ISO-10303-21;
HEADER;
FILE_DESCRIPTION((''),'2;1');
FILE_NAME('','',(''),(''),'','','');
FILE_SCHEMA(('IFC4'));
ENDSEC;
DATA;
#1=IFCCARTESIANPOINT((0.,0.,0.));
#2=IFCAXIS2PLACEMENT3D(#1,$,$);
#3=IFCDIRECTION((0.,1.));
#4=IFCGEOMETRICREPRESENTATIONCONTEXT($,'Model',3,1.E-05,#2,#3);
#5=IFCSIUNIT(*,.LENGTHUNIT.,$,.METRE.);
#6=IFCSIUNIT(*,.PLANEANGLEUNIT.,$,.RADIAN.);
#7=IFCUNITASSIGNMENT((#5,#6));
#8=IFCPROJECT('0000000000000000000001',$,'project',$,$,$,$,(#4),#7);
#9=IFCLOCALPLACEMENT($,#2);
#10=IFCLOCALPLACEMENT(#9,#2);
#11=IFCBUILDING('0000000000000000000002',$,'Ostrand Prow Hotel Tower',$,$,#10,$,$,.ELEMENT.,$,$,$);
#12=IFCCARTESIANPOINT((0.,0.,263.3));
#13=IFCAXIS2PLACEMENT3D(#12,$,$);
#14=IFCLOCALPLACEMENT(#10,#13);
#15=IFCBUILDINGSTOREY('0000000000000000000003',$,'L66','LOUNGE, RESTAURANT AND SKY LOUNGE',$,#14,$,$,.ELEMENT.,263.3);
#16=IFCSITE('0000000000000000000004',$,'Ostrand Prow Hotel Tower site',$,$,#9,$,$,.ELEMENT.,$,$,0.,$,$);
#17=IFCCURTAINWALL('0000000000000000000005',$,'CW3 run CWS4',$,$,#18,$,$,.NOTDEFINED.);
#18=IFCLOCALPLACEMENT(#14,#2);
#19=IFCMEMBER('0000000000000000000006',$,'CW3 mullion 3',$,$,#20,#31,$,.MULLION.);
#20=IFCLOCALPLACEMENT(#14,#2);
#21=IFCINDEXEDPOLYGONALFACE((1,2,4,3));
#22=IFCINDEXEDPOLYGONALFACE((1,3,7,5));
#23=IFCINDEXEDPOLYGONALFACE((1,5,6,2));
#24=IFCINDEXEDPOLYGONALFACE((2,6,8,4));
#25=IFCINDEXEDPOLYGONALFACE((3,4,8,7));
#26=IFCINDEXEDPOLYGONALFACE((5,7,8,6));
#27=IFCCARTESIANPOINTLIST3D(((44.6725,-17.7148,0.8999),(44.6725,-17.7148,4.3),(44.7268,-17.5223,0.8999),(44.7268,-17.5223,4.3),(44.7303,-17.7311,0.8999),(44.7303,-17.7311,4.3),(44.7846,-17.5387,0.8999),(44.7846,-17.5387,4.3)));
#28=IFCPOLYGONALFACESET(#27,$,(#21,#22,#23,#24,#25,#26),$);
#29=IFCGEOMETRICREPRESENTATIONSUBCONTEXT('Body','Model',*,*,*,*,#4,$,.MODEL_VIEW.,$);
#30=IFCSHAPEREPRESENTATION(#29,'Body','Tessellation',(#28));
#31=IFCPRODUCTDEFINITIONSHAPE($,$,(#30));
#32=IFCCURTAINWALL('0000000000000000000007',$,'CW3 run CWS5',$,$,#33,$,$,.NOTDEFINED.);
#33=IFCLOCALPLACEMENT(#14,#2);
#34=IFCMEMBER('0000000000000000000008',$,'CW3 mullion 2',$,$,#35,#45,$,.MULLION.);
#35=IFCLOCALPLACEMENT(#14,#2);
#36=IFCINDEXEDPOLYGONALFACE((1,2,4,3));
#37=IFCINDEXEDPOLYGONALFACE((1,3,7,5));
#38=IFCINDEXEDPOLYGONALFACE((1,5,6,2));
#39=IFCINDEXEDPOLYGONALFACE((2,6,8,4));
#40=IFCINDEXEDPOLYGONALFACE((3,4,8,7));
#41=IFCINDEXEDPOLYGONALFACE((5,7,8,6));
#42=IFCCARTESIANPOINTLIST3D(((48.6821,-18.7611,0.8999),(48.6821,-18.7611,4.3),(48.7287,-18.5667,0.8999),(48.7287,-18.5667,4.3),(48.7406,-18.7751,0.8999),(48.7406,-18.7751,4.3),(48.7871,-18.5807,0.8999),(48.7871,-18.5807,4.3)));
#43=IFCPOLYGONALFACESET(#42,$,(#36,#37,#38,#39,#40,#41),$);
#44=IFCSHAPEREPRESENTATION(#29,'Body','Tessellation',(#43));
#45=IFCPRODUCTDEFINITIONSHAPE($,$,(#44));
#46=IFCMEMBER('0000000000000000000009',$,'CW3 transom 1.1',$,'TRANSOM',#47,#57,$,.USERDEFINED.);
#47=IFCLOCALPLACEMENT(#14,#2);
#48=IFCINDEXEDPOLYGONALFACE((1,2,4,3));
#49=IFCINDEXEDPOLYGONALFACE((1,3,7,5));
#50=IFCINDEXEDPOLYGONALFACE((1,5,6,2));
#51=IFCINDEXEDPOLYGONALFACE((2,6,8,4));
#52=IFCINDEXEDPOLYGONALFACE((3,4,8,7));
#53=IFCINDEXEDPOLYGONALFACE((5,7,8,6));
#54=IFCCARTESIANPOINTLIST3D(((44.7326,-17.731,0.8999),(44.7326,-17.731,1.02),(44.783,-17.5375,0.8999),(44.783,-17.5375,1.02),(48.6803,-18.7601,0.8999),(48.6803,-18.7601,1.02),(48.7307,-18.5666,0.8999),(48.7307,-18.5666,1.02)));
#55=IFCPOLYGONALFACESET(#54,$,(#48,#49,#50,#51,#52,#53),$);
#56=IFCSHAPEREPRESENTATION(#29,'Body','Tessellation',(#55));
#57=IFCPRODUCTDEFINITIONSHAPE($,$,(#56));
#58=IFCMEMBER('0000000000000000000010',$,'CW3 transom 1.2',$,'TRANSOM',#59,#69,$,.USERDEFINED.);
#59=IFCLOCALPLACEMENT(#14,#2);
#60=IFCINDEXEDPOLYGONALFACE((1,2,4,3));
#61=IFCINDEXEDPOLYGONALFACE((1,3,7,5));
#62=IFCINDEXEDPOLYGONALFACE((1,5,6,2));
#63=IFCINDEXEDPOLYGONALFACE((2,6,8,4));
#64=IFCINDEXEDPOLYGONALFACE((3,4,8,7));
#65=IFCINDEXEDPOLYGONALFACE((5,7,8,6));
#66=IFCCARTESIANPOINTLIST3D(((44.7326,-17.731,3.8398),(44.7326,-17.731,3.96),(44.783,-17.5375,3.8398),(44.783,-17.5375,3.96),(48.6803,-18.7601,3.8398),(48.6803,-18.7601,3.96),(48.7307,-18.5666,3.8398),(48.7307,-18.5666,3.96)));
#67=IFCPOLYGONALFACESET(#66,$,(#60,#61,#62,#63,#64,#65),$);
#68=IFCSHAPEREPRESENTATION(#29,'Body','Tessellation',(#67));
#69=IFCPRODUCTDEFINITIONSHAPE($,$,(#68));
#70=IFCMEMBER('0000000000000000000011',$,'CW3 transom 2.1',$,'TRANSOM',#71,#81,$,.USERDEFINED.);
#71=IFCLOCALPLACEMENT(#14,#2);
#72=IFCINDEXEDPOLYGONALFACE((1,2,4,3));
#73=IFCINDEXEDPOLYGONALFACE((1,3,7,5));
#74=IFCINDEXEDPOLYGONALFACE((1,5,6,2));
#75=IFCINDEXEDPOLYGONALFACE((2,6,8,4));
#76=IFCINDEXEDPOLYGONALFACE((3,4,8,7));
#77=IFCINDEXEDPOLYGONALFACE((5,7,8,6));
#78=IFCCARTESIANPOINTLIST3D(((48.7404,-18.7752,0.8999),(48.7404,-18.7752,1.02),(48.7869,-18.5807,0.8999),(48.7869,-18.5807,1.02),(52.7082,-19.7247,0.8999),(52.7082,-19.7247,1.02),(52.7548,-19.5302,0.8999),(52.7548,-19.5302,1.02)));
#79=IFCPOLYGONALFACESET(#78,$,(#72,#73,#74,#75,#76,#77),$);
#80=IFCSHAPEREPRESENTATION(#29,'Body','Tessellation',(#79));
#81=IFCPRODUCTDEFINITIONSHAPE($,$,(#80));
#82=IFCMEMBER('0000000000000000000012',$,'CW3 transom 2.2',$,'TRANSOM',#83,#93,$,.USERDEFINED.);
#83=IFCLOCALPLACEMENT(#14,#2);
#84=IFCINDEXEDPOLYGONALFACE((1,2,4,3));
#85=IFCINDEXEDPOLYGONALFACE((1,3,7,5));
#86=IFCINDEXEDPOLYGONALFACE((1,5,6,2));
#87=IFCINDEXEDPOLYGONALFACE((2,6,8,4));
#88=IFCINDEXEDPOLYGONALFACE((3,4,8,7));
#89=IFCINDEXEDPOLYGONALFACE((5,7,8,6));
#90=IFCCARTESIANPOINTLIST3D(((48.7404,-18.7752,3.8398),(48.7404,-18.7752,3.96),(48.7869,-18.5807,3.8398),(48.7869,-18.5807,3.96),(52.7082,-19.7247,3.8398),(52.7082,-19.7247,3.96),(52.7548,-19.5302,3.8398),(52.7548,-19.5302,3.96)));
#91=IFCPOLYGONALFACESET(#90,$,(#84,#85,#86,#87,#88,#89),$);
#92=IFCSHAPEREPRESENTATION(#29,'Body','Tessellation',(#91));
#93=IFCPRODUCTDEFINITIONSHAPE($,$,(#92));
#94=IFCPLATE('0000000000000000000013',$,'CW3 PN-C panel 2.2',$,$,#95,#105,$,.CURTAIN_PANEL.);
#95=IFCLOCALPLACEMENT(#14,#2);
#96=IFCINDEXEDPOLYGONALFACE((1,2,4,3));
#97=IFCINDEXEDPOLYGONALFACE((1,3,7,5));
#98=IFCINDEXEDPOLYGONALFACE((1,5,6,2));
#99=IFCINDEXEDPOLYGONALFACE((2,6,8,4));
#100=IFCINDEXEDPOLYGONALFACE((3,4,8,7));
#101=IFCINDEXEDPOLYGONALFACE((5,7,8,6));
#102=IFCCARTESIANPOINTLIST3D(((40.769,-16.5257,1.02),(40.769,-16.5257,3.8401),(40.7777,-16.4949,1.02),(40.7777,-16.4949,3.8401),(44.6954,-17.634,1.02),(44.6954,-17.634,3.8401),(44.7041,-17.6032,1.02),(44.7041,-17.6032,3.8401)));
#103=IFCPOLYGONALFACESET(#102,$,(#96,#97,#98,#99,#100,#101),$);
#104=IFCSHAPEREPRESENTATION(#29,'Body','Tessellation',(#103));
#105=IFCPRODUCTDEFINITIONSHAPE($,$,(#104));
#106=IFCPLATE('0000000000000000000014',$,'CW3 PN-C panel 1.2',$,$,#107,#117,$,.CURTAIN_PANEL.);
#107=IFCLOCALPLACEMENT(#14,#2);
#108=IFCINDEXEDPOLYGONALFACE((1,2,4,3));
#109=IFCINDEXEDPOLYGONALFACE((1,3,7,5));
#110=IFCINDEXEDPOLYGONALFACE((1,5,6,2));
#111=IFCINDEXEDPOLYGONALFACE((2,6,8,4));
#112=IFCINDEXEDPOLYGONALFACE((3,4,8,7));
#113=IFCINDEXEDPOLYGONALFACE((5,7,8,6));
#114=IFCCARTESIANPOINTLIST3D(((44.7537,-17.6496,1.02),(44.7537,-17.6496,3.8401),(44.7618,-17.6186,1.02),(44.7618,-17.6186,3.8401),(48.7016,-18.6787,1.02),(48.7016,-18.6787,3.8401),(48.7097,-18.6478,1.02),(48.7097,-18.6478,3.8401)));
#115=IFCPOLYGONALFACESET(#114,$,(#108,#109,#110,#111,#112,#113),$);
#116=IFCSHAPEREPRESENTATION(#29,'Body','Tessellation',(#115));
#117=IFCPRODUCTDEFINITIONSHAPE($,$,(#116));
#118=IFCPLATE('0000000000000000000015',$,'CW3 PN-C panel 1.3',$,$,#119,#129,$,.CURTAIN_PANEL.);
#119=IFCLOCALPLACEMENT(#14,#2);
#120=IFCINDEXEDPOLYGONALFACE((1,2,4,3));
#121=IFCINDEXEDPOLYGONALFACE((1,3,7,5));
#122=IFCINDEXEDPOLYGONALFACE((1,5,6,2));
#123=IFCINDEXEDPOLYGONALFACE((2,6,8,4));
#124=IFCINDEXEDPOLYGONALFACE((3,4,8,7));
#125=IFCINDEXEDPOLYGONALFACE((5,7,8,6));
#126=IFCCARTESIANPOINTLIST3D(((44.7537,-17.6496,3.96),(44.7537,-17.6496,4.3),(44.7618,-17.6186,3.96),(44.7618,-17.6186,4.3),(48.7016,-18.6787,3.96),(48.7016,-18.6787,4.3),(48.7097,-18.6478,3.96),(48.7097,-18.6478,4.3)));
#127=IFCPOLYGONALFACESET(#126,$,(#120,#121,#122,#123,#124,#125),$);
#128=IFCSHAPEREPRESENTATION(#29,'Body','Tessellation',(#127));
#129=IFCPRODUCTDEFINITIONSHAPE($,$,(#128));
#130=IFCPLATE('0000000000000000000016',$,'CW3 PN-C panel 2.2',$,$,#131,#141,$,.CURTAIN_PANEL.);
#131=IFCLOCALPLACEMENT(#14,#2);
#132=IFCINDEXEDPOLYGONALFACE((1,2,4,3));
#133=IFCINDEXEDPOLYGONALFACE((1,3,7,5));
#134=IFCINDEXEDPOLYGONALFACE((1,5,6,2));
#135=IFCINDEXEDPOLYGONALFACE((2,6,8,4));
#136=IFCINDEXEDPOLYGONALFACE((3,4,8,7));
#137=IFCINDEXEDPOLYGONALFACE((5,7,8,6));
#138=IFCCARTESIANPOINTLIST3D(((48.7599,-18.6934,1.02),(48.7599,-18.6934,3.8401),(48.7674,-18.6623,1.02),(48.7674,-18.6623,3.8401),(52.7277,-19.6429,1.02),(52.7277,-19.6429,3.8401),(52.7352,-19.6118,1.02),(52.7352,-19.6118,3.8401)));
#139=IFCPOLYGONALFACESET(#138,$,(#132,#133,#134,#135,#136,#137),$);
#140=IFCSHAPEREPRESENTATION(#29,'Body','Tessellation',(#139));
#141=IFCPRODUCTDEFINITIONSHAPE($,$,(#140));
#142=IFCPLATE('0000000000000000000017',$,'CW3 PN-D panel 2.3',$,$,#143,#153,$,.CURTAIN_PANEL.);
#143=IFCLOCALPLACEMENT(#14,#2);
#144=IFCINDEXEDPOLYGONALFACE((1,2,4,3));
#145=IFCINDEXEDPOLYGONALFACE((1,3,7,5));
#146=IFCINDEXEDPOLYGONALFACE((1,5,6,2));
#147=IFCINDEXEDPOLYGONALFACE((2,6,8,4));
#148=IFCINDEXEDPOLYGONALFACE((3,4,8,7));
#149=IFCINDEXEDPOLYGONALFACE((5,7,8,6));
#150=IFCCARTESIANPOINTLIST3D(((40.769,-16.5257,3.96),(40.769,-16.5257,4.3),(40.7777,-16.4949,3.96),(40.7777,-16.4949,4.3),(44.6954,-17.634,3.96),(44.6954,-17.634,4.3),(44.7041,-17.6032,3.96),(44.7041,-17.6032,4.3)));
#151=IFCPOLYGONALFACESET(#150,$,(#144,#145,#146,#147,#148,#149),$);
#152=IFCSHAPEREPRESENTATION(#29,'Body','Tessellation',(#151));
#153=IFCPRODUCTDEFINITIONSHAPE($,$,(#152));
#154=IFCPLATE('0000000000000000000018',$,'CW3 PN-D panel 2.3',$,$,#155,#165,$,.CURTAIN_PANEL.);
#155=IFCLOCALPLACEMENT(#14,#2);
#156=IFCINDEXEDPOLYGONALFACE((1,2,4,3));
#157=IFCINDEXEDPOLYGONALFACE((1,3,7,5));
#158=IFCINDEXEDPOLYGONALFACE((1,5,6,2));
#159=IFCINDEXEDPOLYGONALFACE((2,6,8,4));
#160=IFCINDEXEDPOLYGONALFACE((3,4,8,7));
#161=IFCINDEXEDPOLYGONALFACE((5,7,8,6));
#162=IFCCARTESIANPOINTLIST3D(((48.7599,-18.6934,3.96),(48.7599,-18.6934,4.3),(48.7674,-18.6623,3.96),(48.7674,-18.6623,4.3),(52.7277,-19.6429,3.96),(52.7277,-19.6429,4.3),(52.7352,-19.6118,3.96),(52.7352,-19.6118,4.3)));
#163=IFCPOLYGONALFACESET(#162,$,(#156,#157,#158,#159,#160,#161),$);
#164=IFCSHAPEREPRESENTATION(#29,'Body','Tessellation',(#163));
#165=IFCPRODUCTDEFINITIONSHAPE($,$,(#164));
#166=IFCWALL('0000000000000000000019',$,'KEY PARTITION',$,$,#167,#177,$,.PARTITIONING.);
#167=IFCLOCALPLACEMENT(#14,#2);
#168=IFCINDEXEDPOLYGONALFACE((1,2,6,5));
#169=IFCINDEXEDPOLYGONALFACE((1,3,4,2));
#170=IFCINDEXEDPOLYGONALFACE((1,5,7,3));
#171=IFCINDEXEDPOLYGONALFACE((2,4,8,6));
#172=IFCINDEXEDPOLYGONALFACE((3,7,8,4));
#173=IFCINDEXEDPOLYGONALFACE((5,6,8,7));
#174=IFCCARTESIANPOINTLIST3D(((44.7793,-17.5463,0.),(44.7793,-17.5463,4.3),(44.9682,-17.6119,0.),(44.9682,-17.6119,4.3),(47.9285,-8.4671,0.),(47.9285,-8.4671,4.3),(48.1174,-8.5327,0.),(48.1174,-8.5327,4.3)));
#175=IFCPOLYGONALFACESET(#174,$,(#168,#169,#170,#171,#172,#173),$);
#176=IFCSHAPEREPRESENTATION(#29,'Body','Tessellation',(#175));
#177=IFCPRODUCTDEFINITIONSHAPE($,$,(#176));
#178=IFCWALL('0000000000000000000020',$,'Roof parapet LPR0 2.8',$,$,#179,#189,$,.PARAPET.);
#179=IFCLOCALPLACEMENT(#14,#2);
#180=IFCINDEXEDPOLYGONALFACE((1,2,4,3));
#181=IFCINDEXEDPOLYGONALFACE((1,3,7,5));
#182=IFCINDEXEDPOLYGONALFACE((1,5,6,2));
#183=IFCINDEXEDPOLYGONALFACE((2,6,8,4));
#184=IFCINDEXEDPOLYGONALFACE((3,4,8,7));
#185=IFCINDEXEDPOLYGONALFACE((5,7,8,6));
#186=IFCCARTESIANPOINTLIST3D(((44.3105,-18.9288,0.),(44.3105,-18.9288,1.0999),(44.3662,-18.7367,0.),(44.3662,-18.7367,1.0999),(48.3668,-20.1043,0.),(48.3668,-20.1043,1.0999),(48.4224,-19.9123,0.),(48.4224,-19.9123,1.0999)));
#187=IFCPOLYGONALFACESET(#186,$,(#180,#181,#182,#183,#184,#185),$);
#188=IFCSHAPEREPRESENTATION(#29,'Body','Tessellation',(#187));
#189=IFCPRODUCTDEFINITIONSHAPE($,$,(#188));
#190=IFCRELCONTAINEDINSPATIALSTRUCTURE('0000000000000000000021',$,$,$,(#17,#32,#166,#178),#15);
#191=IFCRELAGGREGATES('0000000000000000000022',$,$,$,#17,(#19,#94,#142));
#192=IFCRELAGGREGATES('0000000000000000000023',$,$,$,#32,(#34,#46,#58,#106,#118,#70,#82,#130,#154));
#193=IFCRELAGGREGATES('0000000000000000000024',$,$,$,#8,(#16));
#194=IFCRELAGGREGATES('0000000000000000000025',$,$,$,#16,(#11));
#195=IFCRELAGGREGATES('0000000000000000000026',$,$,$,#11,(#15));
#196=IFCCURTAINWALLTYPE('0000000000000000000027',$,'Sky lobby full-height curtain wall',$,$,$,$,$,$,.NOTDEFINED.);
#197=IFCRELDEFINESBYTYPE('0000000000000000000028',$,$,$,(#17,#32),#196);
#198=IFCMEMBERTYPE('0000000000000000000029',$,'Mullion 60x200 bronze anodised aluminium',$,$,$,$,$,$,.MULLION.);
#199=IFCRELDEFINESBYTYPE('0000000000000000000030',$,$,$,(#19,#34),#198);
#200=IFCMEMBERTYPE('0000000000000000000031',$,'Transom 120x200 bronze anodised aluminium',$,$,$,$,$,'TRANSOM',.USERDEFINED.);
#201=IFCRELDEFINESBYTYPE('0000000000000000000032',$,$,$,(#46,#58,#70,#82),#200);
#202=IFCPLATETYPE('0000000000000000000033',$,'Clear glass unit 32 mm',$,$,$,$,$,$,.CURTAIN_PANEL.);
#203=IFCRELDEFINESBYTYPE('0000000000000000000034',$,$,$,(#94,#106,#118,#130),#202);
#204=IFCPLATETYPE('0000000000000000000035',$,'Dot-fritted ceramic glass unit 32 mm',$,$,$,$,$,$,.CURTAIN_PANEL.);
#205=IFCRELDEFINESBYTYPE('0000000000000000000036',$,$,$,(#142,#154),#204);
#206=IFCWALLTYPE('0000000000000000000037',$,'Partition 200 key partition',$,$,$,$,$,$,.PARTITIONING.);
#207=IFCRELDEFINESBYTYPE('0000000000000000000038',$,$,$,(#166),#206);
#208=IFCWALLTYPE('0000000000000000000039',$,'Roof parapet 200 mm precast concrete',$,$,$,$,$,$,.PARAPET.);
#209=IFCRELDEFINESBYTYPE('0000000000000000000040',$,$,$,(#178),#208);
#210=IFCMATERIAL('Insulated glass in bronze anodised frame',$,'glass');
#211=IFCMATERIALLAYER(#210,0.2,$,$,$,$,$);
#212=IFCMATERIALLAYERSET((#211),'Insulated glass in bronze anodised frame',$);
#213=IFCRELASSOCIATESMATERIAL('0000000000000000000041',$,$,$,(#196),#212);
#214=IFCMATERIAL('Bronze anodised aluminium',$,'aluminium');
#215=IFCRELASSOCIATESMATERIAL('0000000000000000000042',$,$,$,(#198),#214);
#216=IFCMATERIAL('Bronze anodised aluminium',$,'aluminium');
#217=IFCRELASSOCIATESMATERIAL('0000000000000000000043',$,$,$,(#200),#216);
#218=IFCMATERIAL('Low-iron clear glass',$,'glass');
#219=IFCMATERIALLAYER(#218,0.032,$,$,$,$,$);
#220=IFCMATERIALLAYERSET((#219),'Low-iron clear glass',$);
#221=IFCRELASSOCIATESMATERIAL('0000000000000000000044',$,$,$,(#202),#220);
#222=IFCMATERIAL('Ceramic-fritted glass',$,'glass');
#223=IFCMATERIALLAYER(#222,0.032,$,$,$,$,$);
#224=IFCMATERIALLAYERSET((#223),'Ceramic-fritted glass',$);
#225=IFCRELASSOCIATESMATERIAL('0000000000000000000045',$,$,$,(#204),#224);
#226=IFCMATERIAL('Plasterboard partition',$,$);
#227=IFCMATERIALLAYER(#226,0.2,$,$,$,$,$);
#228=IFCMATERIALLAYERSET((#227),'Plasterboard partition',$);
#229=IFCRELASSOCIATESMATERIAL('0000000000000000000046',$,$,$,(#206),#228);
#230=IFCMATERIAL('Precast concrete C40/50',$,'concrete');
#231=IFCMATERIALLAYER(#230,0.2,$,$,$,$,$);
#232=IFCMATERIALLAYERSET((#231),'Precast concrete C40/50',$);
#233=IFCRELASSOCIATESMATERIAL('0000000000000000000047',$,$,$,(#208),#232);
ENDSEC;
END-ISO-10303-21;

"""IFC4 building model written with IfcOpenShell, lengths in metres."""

from ifc_helpers import new_model, si_unit, direction, frame, frame_2d, origin, origin_2d, place, context, subcontext, project, spatial, rectangle, extrude, material, layer, layer_set, material_profile, profile_set, type_object, element, aggregate, save


model = new_model("IFC4")

# Units and contexts
model_context = context("Model", 3, precision=1e-05, world=origin(), true_north=direction((0.0, 1.0)))
body_context = subcontext(model_context, "Body", "Model", "MODEL_VIEW")
ifc_project = project(units=[si_unit("LENGTHUNIT", "METRE"), si_unit("PLANEANGLEUNIT", "RADIAN")], contexts=[model_context])

# Site, building, storey
site_placement = place(None, origin())
site = spatial("IfcSite", under=ifc_project, at=site_placement, Name="Ostrand Prow Hotel Tower site", CompositionType="ELEMENT", RefElevation=0.0)
building_placement = place(site_placement, origin())
building = spatial("IfcBuilding", under=site, at=building_placement, Name="Ostrand Prow Hotel Tower", CompositionType="ELEMENT")
storey_placement = place(building_placement, frame((0.0, 0.0, 263.3)))
storey = spatial("IfcBuildingStorey", under=building, at=storey_placement, Name="L66", Description="LOUNGE, RESTAURANT AND SKY LOUNGE", CompositionType="ELEMENT", Elevation=263.3)

# Curtain wall, member
ifc_material_1 = material(Name="Insulated glass in bronze anodised frame", Category="glass")
ifc_layer_1 = layer(ifc_material_1, 0.2)
ifc_layer_set_1 = layer_set([ifc_layer_1], Name="Insulated glass in bronze anodised frame")
curtain_wall_type = type_object("IfcCurtainWallType", Name="Sky lobby full-height curtain wall", PredefinedType="NOTDEFINED", material=ifc_layer_set_1)
curtain_wall_1_placement = place(storey_placement, origin())
curtain_wall_1 = element("IfcCurtainWall", 1, at=curtain_wall_1_placement, inside=storey, type_object=curtain_wall_type, Name="CW3 run CWS4", PredefinedType="NOTDEFINED")
ifc_material_2 = material(Name="Bronze anodised aluminium", Category="aluminium")
ifc_material_profile_1 = material_profile(ifc_material_2, rectangle(XDim=0.2, YDim=0.0601, at=origin_2d()), Name="Mullion 60x200 bronze anodised aluminium")
ifc_profile_set_1 = profile_set([ifc_material_profile_1], Name="Bronze anodised aluminium")
member_type_1 = type_object("IfcMemberType", Name="Mullion 60x200 bronze anodised aluminium", PredefinedType="MULLION", material=ifc_profile_set_1)
member_1_placement = place(storey_placement, frame((44.7285, -17.6267, 0.8999), z_axis=(0.0, 0.0, 1.0), x_axis=(0.271649, 0.962396, 0.0)))
member_1 = element("IfcMember", 2, at=member_1_placement, type_object=member_type_1, Name="CW3 mullion 3", PredefinedType="MULLION", context=body_context, shape_type="SweptSolid", body=[
    extrude(rectangle(XDim=0.2, YDim=0.0601, at=origin_2d()), origin(), (0.0, 0.0, 1.0), 3.4001),
])

# Curtain wall, members
curtain_wall_2_placement = place(storey_placement, origin())
curtain_wall_2 = element("IfcCurtainWall", 3, at=curtain_wall_2_placement, inside=storey, type_object=curtain_wall_type, Name="CW3 run CWS5", PredefinedType="NOTDEFINED")
member_2_placement = place(storey_placement, frame((48.7346, -18.6709, 0.8999), z_axis=(0.0, 0.0, 1.0), x_axis=(0.232746, 0.972538, 0.0)))
member_2 = element("IfcMember", 4, at=member_2_placement, type_object=member_type_1, Name="CW3 mullion 2", PredefinedType="MULLION", context=body_context, shape_type="SweptSolid", body=[
    extrude(rectangle(XDim=0.2, YDim=0.0601, at=origin_2d()), origin(), (0.0, 0.0, 1.0), 3.4001),
])
ifc_material_3 = material(Name="Bronze anodised aluminium", Category="aluminium")
ifc_material_profile_2 = material_profile(ifc_material_3, rectangle(XDim=0.2, YDim=0.1201, at=origin_2d()), Name="Transom 120x200 bronze anodised aluminium")
ifc_profile_set_2 = profile_set([ifc_material_profile_2], Name="Bronze anodised aluminium")
member_type_2 = type_object("IfcMemberType", Name="Transom 120x200 bronze anodised aluminium", ElementType="TRANSOM", PredefinedType="USERDEFINED", material=ifc_profile_set_2)
member_3_placement = place(storey_placement, frame((44.7578, -17.6343, 0.96), z_axis=(0.967665, -0.252239, 0.0), x_axis=(0.252239, 0.967665, 0.0)))
member_3 = element("IfcMember", 5, at=member_3_placement, type_object=member_type_2, Name="CW3 transom 1.1", ObjectType="TRANSOM", PredefinedType="USERDEFINED", context=body_context, shape_type="SweptSolid", body=[
    extrude(rectangle(XDim=0.2, YDim=0.1201, at=origin_2d()), origin(), (0.0, 0.0, 1.0), 4.0796),
])
member_4_placement = place(storey_placement, frame((44.7578, -17.6343, 3.8999), z_axis=(0.967665, -0.252239, 0.0), x_axis=(0.252239, 0.967665, 0.0)))
member_4 = element("IfcMember", 6, at=member_4_placement, type_object=member_type_2, Name="CW3 transom 1.2", ObjectType="TRANSOM", PredefinedType="USERDEFINED", context=body_context, shape_type="SweptSolid", body=[
    extrude(rectangle(XDim=0.2, YDim=0.1201, at=origin_2d()), origin(), (0.0, 0.0, 1.0), 4.0796),
])
member_5_placement = place(storey_placement, frame((48.7637, -18.678, 0.96), z_axis=(0.972543, -0.232723, 0.0), x_axis=(0.232723, 0.972543, 0.0)))
member_5 = element("IfcMember", 7, at=member_5_placement, type_object=member_type_2, Name="CW3 transom 2.1", ObjectType="TRANSOM", PredefinedType="USERDEFINED", context=body_context, shape_type="SweptSolid", body=[
    extrude(rectangle(XDim=0.2, YDim=0.1201, at=origin_2d()), origin(), (0.0, 0.0, 1.0), 4.0798),
])
member_6_placement = place(storey_placement, frame((48.7637, -18.678, 3.8999), z_axis=(0.972543, -0.232723, 0.0), x_axis=(0.232723, 0.972543, 0.0)))
member_6 = element("IfcMember", 8, at=member_6_placement, type_object=member_type_2, Name="CW3 transom 2.2", ObjectType="TRANSOM", PredefinedType="USERDEFINED", context=body_context, shape_type="SweptSolid", body=[
    extrude(rectangle(XDim=0.2, YDim=0.1201, at=origin_2d()), origin(), (0.0, 0.0, 1.0), 4.0798),
])

# Plates
ifc_material_4 = material(Name="Low-iron clear glass", Category="glass")
ifc_layer_2 = layer(ifc_material_4, 0.032)
ifc_layer_set_2 = layer_set([ifc_layer_2], Name="Low-iron clear glass")
plate_type_1 = type_object("IfcPlateType", Name="Clear glass unit 32 mm", PredefinedType="CURTAIN_PANEL", material=ifc_layer_set_2)
plate_1_placement = place(storey_placement, frame((42.7366, -17.0645, 1.02), z_axis=(0.0, 0.0, 1.0), x_axis=(0.962396, -0.271649, 0.0)))
plate_1 = element("IfcPlate", 9, at=plate_1_placement, type_object=plate_type_1, Name="CW3 PN-C panel 2.2", PredefinedType="CURTAIN_PANEL", context=body_context, shape_type="SweptSolid", body=[
    extrude(rectangle(XDim=4.0798, YDim=0.032, at=origin_2d()), origin(), (0.0, 0.0, 1.0), 2.8201),
])
plate_2_placement = place(storey_placement, frame((46.7317, -18.1487, 1.02), z_axis=(0.0, 0.0, 1.0), x_axis=(0.967663, -0.252248, 0.0)))
plate_2 = element("IfcPlate", 10, at=plate_2_placement, type_object=plate_type_1, Name="CW3 PN-C panel 1.2", PredefinedType="CURTAIN_PANEL", context=body_context, shape_type="SweptSolid", body=[
    extrude(rectangle(XDim=4.0798, YDim=0.032, at=origin_2d()), origin(), (0.0, 0.0, 1.0), 2.8201),
])
plate_3_placement = place(storey_placement, frame((46.7317, -18.1487, 3.96), z_axis=(0.0, 0.0, 1.0), x_axis=(0.967663, -0.252248, 0.0)))
plate_3 = element("IfcPlate", 11, at=plate_3_placement, type_object=plate_type_1, Name="CW3 PN-C panel 1.3", PredefinedType="CURTAIN_PANEL", context=body_context, shape_type="SweptSolid", body=[
    extrude(rectangle(XDim=4.0798, YDim=0.032, at=origin_2d()), origin(), (0.0, 0.0, 1.0), 0.3401),
])
plate_4_placement = place(storey_placement, frame((50.7476, -19.1526, 1.02), z_axis=(0.0, 0.0, 1.0), x_axis=(0.972538, -0.232746, 0.0)))
plate_4 = element("IfcPlate", 12, at=plate_4_placement, type_object=plate_type_1, Name="CW3 PN-C panel 2.2", PredefinedType="CURTAIN_PANEL", context=body_context, shape_type="SweptSolid", body=[
    extrude(rectangle(XDim=4.0798, YDim=0.032, at=origin_2d()), origin(), (0.0, 0.0, 1.0), 2.8201),
])
ifc_material_5 = material(Name="Ceramic-fritted glass", Category="glass")
ifc_layer_3 = layer(ifc_material_5, 0.032)
ifc_layer_set_3 = layer_set([ifc_layer_3], Name="Ceramic-fritted glass")
plate_type_2 = type_object("IfcPlateType", Name="Dot-fritted ceramic glass unit 32 mm", PredefinedType="CURTAIN_PANEL", material=ifc_layer_set_3)
plate_5_placement = place(storey_placement, frame((42.7366, -17.0645, 3.96), z_axis=(0.0, 0.0, 1.0), x_axis=(0.962396, -0.271649, 0.0)))
plate_5 = element("IfcPlate", 13, at=plate_5_placement, type_object=plate_type_2, Name="CW3 PN-D panel 2.3", PredefinedType="CURTAIN_PANEL", context=body_context, shape_type="SweptSolid", body=[
    extrude(rectangle(XDim=4.0798, YDim=0.032, at=origin_2d()), origin(), (0.0, 0.0, 1.0), 0.3401),
])
aggregate(curtain_wall_1, [member_1, plate_1, plate_5])
plate_6_placement = place(storey_placement, frame((50.7476, -19.1526, 3.96), z_axis=(0.0, 0.0, 1.0), x_axis=(0.972538, -0.232746, 0.0)))
plate_6 = element("IfcPlate", 14, at=plate_6_placement, type_object=plate_type_2, Name="CW3 PN-D panel 2.3", PredefinedType="CURTAIN_PANEL", context=body_context, shape_type="SweptSolid", body=[
    extrude(rectangle(XDim=4.0798, YDim=0.032, at=origin_2d()), origin(), (0.0, 0.0, 1.0), 0.3401),
])
aggregate(curtain_wall_2, [member_2, member_3, member_4, plate_2, plate_3, member_5, member_6, plate_4, plate_6])

# Walls
ifc_material_6 = material(Name="Plasterboard partition")
ifc_layer_4 = layer(ifc_material_6, 0.2)
ifc_layer_set_4 = layer_set([ifc_layer_4], Name="Plasterboard partition")
wall_type_1 = type_object("IfcWallType", Name="Partition 200 key partition", PredefinedType="PARTITIONING", material=ifc_layer_set_4)
wall_1_placement = place(storey_placement, frame((44.8738, -17.5791, 0.0), z_axis=(0.0, 0.0, 1.0), x_axis=(0.327706, 0.94478, 0.0)))
element("IfcWall", 15, at=wall_1_placement, inside=storey, type_object=wall_type_1, Name="KEY PARTITION", PredefinedType="PARTITIONING", context=body_context, shape_type="SweptSolid", body=[
    extrude(rectangle(XDim=9.6099, YDim=0.2, at=frame_2d((4.8049, 0.0))), origin(), (0.0, 0.0, 1.0), 4.3),
])
ifc_material_7 = material(Name="Precast concrete C40/50", Category="concrete")
ifc_layer_5 = layer(ifc_material_7, 0.2)
ifc_layer_set_5 = layer_set([ifc_layer_5], Name="Precast concrete C40/50")
wall_type_2 = type_object("IfcWallType", Name="Roof parapet 200 mm precast concrete", PredefinedType="PARAPET", material=ifc_layer_set_5)
wall_2_placement = place(storey_placement, frame((44.3384, -18.8328, 0.0), z_axis=(0.0, 0.0, 1.0), x_axis=(0.960476, -0.278361, 0.0)))
element("IfcWall", 16, at=wall_2_placement, inside=storey, type_object=wall_type_2, Name="Roof parapet LPR0 2.8", PredefinedType="PARAPET", context=body_context, shape_type="SweptSolid", body=[
    extrude(rectangle(XDim=4.2231, YDim=0.2, at=frame_2d((2.1116, 0.0))), origin(), (0.0, 0.0, 1.0), 1.0999),
])

save(model, "model.ifc")
